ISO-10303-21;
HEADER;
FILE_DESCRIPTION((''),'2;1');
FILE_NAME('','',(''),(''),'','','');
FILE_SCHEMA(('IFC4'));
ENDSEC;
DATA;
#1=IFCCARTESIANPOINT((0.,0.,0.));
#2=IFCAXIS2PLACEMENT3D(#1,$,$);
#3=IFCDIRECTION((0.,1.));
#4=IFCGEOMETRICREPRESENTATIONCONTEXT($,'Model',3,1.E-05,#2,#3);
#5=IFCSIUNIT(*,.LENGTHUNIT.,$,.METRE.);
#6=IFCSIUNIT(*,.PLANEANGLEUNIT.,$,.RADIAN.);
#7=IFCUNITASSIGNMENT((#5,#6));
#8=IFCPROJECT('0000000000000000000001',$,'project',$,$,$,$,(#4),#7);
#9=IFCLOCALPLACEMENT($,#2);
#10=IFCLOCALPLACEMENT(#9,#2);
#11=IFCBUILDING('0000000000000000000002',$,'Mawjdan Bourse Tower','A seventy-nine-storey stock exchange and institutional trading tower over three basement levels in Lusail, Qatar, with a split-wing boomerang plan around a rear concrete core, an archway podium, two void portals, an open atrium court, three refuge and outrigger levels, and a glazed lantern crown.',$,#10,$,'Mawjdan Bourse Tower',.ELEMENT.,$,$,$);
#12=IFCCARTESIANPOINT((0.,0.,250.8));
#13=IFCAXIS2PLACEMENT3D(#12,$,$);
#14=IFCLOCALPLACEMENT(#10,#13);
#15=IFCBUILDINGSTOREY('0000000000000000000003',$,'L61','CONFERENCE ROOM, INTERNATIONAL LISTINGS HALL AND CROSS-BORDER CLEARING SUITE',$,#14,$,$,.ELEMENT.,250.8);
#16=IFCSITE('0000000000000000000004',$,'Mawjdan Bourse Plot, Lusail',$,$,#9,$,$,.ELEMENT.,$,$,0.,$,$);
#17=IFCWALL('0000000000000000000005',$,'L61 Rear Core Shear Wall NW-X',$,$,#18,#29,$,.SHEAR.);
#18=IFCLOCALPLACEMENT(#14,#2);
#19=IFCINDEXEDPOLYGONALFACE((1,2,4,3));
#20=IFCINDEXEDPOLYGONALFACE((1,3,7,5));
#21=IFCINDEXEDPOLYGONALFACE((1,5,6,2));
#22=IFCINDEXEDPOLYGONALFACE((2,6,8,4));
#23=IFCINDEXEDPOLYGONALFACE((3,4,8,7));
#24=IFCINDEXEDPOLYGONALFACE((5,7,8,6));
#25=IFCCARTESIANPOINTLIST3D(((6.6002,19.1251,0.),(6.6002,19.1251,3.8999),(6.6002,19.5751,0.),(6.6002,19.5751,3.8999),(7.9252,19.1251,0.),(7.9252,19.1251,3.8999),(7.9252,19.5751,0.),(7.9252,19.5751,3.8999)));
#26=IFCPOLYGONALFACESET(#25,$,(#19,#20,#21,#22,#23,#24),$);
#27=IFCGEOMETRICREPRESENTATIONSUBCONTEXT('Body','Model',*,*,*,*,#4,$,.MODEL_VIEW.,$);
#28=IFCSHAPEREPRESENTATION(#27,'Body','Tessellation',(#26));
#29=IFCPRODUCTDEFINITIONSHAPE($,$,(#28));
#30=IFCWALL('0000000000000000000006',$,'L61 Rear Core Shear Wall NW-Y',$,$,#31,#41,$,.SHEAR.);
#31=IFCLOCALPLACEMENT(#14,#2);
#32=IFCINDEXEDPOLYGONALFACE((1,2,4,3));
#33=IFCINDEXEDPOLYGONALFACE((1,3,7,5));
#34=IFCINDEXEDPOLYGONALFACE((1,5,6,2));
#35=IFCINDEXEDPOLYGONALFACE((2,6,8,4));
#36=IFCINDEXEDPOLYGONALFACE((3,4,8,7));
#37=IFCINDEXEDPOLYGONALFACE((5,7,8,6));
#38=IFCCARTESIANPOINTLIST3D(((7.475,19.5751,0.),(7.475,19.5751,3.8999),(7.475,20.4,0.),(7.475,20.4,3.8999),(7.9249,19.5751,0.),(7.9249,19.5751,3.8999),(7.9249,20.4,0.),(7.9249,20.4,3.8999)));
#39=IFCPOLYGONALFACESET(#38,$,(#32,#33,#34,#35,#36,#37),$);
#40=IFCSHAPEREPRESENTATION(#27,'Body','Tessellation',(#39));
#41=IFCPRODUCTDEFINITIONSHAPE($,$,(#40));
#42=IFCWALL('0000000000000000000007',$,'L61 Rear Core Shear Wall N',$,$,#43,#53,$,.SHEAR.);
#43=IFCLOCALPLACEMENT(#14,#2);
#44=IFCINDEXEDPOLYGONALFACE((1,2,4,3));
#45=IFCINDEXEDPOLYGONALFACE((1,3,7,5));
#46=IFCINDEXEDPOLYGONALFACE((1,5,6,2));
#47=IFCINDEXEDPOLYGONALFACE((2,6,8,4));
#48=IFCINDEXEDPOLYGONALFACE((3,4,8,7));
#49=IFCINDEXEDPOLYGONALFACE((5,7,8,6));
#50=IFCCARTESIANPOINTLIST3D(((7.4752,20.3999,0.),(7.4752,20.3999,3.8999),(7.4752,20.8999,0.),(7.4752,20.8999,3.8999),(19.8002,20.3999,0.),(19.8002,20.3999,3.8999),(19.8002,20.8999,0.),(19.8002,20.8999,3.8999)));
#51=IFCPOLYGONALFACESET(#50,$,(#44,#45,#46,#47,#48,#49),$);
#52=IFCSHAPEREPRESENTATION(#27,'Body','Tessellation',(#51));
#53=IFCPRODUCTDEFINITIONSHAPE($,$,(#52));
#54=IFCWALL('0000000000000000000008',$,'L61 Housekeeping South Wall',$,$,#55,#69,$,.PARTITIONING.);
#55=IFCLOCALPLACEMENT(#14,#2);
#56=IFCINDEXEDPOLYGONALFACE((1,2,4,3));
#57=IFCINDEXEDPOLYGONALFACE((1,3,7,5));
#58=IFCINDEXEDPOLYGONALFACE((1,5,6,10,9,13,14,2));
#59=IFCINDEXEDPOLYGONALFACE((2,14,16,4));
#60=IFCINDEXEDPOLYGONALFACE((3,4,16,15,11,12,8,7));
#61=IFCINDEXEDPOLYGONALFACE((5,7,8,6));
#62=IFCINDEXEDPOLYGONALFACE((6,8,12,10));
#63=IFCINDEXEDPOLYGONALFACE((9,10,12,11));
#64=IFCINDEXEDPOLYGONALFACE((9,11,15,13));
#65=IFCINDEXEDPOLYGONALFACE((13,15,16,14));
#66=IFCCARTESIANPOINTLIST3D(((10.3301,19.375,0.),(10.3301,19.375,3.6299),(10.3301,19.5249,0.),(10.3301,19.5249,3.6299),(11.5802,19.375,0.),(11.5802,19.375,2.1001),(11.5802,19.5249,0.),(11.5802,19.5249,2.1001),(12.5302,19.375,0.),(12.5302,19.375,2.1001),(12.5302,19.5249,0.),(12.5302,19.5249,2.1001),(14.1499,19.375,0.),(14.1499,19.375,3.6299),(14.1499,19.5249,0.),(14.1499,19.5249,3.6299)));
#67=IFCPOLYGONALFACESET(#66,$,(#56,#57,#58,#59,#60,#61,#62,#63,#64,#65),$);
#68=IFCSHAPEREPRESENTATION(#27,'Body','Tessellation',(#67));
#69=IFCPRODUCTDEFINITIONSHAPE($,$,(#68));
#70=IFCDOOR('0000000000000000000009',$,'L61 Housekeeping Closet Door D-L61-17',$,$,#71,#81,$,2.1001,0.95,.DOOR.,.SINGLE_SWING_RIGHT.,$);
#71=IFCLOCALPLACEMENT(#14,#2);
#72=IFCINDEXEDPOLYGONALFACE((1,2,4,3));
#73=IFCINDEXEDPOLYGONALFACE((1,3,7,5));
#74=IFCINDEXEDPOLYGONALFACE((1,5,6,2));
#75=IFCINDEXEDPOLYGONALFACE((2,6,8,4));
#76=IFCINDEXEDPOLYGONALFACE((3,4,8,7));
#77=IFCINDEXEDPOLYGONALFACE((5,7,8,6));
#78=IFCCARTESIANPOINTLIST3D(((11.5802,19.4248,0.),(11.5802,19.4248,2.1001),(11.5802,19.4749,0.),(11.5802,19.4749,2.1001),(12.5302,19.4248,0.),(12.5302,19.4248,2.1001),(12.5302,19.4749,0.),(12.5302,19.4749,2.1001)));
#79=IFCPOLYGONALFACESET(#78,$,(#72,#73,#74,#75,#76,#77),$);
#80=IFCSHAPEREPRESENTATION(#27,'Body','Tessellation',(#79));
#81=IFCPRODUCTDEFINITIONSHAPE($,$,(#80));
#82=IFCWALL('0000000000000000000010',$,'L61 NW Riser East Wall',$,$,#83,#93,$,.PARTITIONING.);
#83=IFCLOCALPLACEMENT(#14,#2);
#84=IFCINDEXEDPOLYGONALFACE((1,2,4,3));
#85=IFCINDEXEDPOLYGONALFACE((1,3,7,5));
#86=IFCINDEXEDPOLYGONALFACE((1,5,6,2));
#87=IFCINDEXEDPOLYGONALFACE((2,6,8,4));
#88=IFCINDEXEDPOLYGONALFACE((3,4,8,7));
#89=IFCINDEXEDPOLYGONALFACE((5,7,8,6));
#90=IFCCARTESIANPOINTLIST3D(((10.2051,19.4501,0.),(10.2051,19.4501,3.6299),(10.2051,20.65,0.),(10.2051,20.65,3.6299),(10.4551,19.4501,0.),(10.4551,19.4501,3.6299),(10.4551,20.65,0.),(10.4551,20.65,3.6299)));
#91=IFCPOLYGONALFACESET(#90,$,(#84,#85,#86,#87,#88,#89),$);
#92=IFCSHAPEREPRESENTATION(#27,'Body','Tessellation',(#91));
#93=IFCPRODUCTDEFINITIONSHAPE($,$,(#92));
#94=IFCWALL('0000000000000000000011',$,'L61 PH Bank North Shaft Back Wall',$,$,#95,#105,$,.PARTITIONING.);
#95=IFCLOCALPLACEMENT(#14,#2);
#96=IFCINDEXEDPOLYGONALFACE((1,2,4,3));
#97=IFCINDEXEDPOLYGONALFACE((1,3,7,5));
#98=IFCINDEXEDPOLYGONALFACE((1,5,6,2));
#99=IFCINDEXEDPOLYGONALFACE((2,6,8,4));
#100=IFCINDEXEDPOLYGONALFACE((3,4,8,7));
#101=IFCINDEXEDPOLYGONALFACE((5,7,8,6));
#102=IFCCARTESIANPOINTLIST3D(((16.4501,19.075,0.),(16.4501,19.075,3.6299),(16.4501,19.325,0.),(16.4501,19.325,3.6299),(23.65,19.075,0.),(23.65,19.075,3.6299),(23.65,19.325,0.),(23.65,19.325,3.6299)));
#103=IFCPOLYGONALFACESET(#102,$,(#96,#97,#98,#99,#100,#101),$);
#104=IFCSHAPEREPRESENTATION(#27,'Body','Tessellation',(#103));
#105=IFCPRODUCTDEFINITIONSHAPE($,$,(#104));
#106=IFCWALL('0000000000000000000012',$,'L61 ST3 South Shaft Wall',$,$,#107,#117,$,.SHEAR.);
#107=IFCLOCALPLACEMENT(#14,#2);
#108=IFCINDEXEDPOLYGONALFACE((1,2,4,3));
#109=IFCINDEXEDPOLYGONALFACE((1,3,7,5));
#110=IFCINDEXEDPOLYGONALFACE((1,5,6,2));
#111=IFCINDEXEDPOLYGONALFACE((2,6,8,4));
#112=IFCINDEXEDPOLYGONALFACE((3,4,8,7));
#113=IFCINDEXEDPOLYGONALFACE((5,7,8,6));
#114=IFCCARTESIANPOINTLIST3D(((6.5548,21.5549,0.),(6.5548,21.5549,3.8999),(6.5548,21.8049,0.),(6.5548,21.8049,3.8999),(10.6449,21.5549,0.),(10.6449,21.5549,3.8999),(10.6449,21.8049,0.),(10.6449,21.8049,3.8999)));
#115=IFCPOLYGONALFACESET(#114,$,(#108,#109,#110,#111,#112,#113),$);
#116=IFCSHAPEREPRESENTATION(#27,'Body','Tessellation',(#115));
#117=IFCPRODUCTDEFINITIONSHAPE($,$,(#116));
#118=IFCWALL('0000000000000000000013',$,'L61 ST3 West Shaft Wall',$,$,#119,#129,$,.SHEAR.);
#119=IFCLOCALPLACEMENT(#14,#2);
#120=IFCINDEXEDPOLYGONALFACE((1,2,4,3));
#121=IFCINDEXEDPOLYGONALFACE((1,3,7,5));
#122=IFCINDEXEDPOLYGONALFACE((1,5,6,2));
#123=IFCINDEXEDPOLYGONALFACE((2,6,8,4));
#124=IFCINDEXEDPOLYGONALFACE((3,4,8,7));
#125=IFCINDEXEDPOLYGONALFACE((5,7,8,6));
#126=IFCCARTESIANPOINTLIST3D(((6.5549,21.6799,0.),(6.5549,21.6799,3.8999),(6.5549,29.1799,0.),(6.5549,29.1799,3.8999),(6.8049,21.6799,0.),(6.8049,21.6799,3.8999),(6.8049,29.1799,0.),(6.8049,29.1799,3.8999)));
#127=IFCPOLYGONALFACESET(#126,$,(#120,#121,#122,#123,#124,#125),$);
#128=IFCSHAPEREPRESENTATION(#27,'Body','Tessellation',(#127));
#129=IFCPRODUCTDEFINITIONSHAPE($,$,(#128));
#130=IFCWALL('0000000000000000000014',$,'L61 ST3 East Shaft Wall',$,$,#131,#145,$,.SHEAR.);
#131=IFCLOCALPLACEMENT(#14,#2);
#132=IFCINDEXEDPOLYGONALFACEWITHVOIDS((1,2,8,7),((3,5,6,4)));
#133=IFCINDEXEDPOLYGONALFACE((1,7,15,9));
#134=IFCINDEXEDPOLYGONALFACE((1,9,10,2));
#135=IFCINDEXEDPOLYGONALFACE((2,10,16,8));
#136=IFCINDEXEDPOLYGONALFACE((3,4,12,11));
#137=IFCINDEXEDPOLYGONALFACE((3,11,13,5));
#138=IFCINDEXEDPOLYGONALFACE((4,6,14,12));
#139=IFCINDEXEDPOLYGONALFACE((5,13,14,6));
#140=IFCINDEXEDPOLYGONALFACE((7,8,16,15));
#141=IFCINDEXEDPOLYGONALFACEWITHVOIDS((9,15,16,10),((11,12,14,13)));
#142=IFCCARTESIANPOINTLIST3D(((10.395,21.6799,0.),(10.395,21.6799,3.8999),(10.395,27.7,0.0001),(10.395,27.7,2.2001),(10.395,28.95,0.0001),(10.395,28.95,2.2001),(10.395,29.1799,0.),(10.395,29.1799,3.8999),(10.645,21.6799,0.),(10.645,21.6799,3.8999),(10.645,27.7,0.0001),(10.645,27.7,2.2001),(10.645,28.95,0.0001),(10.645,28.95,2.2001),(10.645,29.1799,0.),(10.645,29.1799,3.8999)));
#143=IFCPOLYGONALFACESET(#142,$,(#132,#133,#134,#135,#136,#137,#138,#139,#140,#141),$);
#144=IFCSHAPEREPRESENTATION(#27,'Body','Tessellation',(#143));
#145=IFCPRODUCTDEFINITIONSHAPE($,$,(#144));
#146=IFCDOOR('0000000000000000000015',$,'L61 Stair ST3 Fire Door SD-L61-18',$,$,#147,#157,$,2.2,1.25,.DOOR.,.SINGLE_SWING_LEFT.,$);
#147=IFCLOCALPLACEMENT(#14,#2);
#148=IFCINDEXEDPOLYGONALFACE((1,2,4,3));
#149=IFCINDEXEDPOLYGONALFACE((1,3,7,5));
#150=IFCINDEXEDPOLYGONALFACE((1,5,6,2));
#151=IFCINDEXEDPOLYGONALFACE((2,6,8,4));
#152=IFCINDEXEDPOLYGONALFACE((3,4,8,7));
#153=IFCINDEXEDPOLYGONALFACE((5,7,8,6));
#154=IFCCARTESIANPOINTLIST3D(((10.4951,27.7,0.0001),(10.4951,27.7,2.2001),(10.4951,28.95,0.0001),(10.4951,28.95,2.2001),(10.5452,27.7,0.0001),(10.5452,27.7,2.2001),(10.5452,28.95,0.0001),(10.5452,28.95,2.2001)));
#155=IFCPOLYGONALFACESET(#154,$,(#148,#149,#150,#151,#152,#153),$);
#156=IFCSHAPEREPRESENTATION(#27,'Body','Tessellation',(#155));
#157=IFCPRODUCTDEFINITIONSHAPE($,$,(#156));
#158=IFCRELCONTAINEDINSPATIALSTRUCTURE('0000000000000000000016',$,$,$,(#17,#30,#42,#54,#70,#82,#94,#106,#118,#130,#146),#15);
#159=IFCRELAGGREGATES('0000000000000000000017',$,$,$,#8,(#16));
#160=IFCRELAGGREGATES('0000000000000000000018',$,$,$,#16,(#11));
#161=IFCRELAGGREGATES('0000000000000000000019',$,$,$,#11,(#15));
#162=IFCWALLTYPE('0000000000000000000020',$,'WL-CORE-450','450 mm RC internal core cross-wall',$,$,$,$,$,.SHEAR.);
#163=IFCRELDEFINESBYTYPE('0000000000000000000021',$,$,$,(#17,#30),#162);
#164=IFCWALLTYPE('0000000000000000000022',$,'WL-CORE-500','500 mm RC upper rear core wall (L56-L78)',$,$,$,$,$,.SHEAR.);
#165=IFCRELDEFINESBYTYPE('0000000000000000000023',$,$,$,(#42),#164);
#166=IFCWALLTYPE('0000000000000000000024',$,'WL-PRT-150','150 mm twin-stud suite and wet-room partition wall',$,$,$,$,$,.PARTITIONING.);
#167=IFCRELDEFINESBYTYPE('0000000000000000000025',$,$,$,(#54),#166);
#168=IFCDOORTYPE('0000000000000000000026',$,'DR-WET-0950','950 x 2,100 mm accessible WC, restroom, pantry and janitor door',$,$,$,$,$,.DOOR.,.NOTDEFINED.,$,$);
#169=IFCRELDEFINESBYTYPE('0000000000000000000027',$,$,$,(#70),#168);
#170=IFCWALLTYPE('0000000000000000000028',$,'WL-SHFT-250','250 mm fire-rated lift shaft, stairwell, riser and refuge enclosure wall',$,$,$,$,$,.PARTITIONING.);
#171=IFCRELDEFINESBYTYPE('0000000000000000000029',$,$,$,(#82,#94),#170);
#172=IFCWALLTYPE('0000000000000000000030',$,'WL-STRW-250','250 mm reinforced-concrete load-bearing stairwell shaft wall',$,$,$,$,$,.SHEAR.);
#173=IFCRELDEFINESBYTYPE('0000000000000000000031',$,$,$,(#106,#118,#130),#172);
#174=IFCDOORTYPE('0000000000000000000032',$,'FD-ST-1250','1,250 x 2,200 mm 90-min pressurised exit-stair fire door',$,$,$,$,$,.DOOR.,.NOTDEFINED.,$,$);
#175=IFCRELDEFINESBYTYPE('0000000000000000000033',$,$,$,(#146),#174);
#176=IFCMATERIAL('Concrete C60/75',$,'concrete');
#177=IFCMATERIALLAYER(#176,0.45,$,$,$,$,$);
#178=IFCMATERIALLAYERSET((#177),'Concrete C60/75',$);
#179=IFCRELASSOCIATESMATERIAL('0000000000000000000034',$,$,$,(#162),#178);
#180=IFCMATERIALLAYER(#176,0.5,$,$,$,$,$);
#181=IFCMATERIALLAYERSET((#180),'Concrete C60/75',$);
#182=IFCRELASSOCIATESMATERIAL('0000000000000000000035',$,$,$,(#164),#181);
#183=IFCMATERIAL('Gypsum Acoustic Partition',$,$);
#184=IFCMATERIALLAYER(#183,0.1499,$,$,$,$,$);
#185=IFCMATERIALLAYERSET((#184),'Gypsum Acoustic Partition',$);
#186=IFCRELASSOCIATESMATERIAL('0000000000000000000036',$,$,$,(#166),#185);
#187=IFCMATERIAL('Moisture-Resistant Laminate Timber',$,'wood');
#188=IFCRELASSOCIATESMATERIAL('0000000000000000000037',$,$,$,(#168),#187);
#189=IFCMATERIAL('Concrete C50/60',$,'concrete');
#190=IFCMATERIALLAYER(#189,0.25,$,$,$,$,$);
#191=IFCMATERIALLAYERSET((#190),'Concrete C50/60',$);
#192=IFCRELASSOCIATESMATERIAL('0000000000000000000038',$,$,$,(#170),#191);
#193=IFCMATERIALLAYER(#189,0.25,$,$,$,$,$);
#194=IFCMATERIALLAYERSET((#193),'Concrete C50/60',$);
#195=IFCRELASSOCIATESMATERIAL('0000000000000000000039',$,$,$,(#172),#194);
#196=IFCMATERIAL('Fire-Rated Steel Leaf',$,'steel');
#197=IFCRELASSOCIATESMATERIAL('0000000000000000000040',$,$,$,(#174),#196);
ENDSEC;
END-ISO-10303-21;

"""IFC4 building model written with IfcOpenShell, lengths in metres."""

from ifc_helpers import new_model, si_unit, direction, frame, frame_2d, origin, place, context, subcontext, project, spatial, rectangle, extrude, material, layer, layer_set, type_object, element, fill, save


model = new_model("IFC4")

# Units and contexts
model_context = context("Model", 3, precision=1e-05, world=origin(), true_north=direction((0.0, 1.0)))
body_context = subcontext(model_context, "Body", "Model", "MODEL_VIEW")
ifc_project = project(units=[si_unit("LENGTHUNIT", "METRE"), si_unit("PLANEANGLEUNIT", "RADIAN")], contexts=[model_context])

# Site, building, storey
site_placement = place(None, origin())
site = spatial("IfcSite", under=ifc_project, at=site_placement, Name="Mawjdan Bourse Plot, Lusail", CompositionType="ELEMENT", RefElevation=0.0)
building_placement = place(site_placement, origin())
building = spatial("IfcBuilding", under=site, at=building_placement, Name="Mawjdan Bourse Tower", Description="A seventy-nine-storey stock exchange and institutional trading tower over three basement levels in Lusail, Qatar, with a split-wing boomerang plan around a rear concrete core, an archway podium, two void portals, an open atrium court, three refuge and outrigger levels, and a glazed lantern crown.", LongName="Mawjdan Bourse Tower", CompositionType="ELEMENT")
storey_placement = place(building_placement, frame((0.0, 0.0, 250.8)))
storey = spatial("IfcBuildingStorey", under=building, at=storey_placement, Name="L61", Description="CONFERENCE ROOM, INTERNATIONAL LISTINGS HALL AND CROSS-BORDER CLEARING SUITE", CompositionType="ELEMENT", Elevation=250.8)

# Shared definitions
ifc_material_1 = material(Name="Concrete C60/75", Category="concrete")

# Walls
ifc_layer_1 = layer(ifc_material_1, 0.45)
ifc_layer_set_1 = layer_set([ifc_layer_1], Name="Concrete C60/75")
wall_type_1 = type_object("IfcWallType", Name="WL-CORE-450", Description="450 mm RC internal core cross-wall", PredefinedType="SHEAR", material=ifc_layer_set_1)
wall_1_placement = place(storey_placement, frame((6.6001, 19.3501, 0.0), z_axis=(0.0, 0.0, 1.0), x_axis=(1.0, 0.0, 0.0)))
element("IfcWall", 1, at=wall_1_placement, inside=storey, type_object=wall_type_1, Name="L61 Rear Core Shear Wall NW-X", PredefinedType="SHEAR", context=body_context, shape_type="SweptSolid", body=[
    extrude(rectangle(XDim=1.325, YDim=0.45, at=frame_2d((0.6626, 0.0))), origin(), (0.0, 0.0, 1.0), 3.8999),
])
wall_2_placement = place(storey_placement, frame((7.7, 19.575, 0.0), z_axis=(0.0, 0.0, 1.0), x_axis=(0.0, 1.0, 0.0)))
element("IfcWall", 2, at=wall_2_placement, inside=storey, type_object=wall_type_1, Name="L61 Rear Core Shear Wall NW-Y", PredefinedType="SHEAR", context=body_context, shape_type="SweptSolid", body=[
    extrude(rectangle(XDim=0.825, YDim=0.45, at=frame_2d((0.4126, 0.0))), origin(), (0.0, 0.0, 1.0), 3.8999),
])
ifc_layer_2 = layer(ifc_material_1, 0.5)
ifc_layer_set_2 = layer_set([ifc_layer_2], Name="Concrete C60/75")
wall_type_2 = type_object("IfcWallType", Name="WL-CORE-500", Description="500 mm RC upper rear core wall (L56-L78)", PredefinedType="SHEAR", material=ifc_layer_set_2)
wall_3_placement = place(storey_placement, frame((7.4751, 20.6499, 0.0), z_axis=(0.0, 0.0, 1.0), x_axis=(1.0, 0.0, 0.0)))
element("IfcWall", 3, at=wall_3_placement, inside=storey, type_object=wall_type_2, Name="L61 Rear Core Shear Wall N", PredefinedType="SHEAR", context=body_context, shape_type="SweptSolid", body=[
    extrude(rectangle(XDim=12.325, YDim=0.5, at=frame_2d((6.1626, 0.0))), origin(), (0.0, 0.0, 1.0), 3.8999),
])

# Wall, opening, door
ifc_material_2 = material(Name="Gypsum Acoustic Partition")
ifc_layer_3 = layer(ifc_material_2, 0.1499)
ifc_layer_set_3 = layer_set([ifc_layer_3], Name="Gypsum Acoustic Partition")
wall_type_3 = type_object("IfcWallType", Name="WL-PRT-150", Description="150 mm twin-stud suite and wet-room partition wall", PredefinedType="PARTITIONING", material=ifc_layer_set_3)
wall_4_placement = place(storey_placement, frame((10.3301, 19.45, 0.0), z_axis=(0.0, 0.0, 1.0), x_axis=(1.0, 0.0, 0.0)))
wall_4 = element("IfcWall", 4, at=wall_4_placement, inside=storey, type_object=wall_type_3, Name="L61 Housekeeping South Wall", PredefinedType="PARTITIONING", context=body_context, shape_type="SweptSolid", body=[
    extrude(rectangle(XDim=3.8198, YDim=0.1499, at=frame_2d((1.9099, 0.0))), origin(), (0.0, 0.0, 1.0), 3.6299),
])
opening_1_placement = place(wall_4_placement, frame((1.25, 0.0, 0.0)))
opening_1 = element("IfcOpeningElement", 5, at=opening_1_placement, cuts=wall_4, PredefinedType="OPENING", context=body_context, shape_type="SweptSolid", body=[
    extrude(rectangle(XDim=0.95, YDim=2.1001, at=frame_2d((0.4751, 1.05))), frame((0.0, 0.085, 0.0), z_axis=(0.0, -1.0, 0.0), x_axis=(1.0, 0.0, 0.0)), (0.0, 0.0, 1.0), 0.1699),
])
ifc_material_3 = material(Name="Moisture-Resistant Laminate Timber", Category="wood")
door_type_1 = type_object("IfcDoorType", Name="DR-WET-0950", Description="950 x 2,100 mm accessible WC, restroom, pantry and janitor door", OperationType="NOTDEFINED", PredefinedType="DOOR", material=ifc_material_3)
door_1_placement = place(opening_1_placement, origin())
door_1 = element("IfcDoor", 6, at=door_1_placement, inside=storey, type_object=door_type_1, Name="L61 Housekeeping Closet Door D-L61-17", OperationType="SINGLE_SWING_RIGHT", OverallHeight=2.1001, OverallWidth=0.95, PredefinedType="DOOR", context=body_context, shape_type="SweptSolid", body=[
    extrude(rectangle(XDim=0.95, YDim=2.1001, at=frame_2d((0.4751, 1.05))), frame((0.0, 0.0249, 0.0), z_axis=(0.0, -1.0, 0.0), x_axis=(1.0, 0.0, 0.0)), (0.0, 0.0, 1.0), 0.05),
])
fill(opening_1, door_1)

# Walls
ifc_material_4 = material(Name="Concrete C50/60", Category="concrete")
ifc_layer_4 = layer(ifc_material_4, 0.25)
ifc_layer_set_4 = layer_set([ifc_layer_4], Name="Concrete C50/60")
wall_type_4 = type_object("IfcWallType", Name="WL-SHFT-250", Description="250 mm fire-rated lift shaft, stairwell, riser and refuge enclosure wall", PredefinedType="PARTITIONING", material=ifc_layer_set_4)
wall_5_placement = place(storey_placement, frame((10.3301, 19.45, 0.0), z_axis=(0.0, 0.0, 1.0), x_axis=(0.0, 1.0, 0.0)))
element("IfcWall", 7, at=wall_5_placement, inside=storey, type_object=wall_type_4, Name="L61 NW Riser East Wall", PredefinedType="PARTITIONING", context=body_context, shape_type="SweptSolid", body=[
    extrude(rectangle(XDim=1.2, YDim=0.25, at=frame_2d((0.6001, 0.0))), origin(), (0.0, 0.0, 1.0), 3.6299),
])
wall_6_placement = place(storey_placement, frame((16.45, 19.2, 0.0), z_axis=(0.0, 0.0, 1.0), x_axis=(1.0, 0.0, 0.0)))
element("IfcWall", 8, at=wall_6_placement, inside=storey, type_object=wall_type_4, Name="L61 PH Bank North Shaft Back Wall", PredefinedType="PARTITIONING", context=body_context, shape_type="SweptSolid", body=[
    extrude(rectangle(XDim=7.2, YDim=0.25, at=frame_2d((3.6001, 0.0))), origin(), (0.0, 0.0, 1.0), 3.6299),
])
ifc_layer_5 = layer(ifc_material_4, 0.25)
ifc_layer_set_5 = layer_set([ifc_layer_5], Name="Concrete C50/60")
wall_type_5 = type_object("IfcWallType", Name="WL-STRW-250", Description="250 mm reinforced-concrete load-bearing stairwell shaft wall", PredefinedType="SHEAR", material=ifc_layer_set_5)
wall_7_placement = place(storey_placement, frame((6.5549, 21.6799, 0.0), z_axis=(0.0, 0.0, 1.0), x_axis=(1.0, 0.0, 0.0)))
element("IfcWall", 9, at=wall_7_placement, inside=storey, type_object=wall_type_5, Name="L61 ST3 South Shaft Wall", PredefinedType="SHEAR", context=body_context, shape_type="SweptSolid", body=[
    extrude(rectangle(XDim=4.0901, YDim=0.25, at=frame_2d((2.0449, 0.0))), origin(), (0.0, 0.0, 1.0), 3.8999),
])
wall_8_placement = place(storey_placement, frame((6.6799, 21.6799, 0.0), z_axis=(0.0, 0.0, 1.0), x_axis=(0.0, 1.0, 0.0)))
element("IfcWall", 10, at=wall_8_placement, inside=storey, type_object=wall_type_5, Name="L61 ST3 West Shaft Wall", PredefinedType="SHEAR", context=body_context, shape_type="SweptSolid", body=[
    extrude(rectangle(XDim=7.5, YDim=0.25, at=frame_2d((3.75, 0.0))), origin(), (0.0, 0.0, 1.0), 3.8999),
])

# Wall, opening, door
wall_9_placement = place(storey_placement, frame((10.52, 21.6799, 0.0), z_axis=(0.0, 0.0, 1.0), x_axis=(0.0, 1.0, 0.0)))
wall_9 = element("IfcWall", 11, at=wall_9_placement, inside=storey, type_object=wall_type_5, Name="L61 ST3 East Shaft Wall", PredefinedType="SHEAR", context=body_context, shape_type="SweptSolid", body=[
    extrude(rectangle(XDim=7.5, YDim=0.25, at=frame_2d((3.75, 0.0))), origin(), (0.0, 0.0, 1.0), 3.8999),
])
opening_2_placement = place(wall_9_placement, frame((6.02, 0.0, 0.0)))
opening_2 = element("IfcOpeningElement", 12, at=opening_2_placement, cuts=wall_9, PredefinedType="OPENING", context=body_context, shape_type="SweptSolid", body=[
    extrude(rectangle(XDim=1.25, YDim=2.2, at=frame_2d((0.625, 1.1001))), frame((0.0, 0.135, 0.0), z_axis=(0.0, -1.0, 0.0), x_axis=(1.0, 0.0, 0.0)), (0.0, 0.0, 1.0), 0.27),
])
ifc_material_5 = material(Name="Fire-Rated Steel Leaf", Category="steel")
door_type_2 = type_object("IfcDoorType", Name="FD-ST-1250", Description="1,250 x 2,200 mm 90-min pressurised exit-stair fire door", OperationType="NOTDEFINED", PredefinedType="DOOR", material=ifc_material_5)
door_2_placement = place(opening_2_placement, origin())
door_2 = element("IfcDoor", 13, at=door_2_placement, inside=storey, type_object=door_type_2, Name="L61 Stair ST3 Fire Door SD-L61-18", OperationType="SINGLE_SWING_LEFT", OverallHeight=2.2, OverallWidth=1.25, PredefinedType="DOOR", context=body_context, shape_type="SweptSolid", body=[
    extrude(rectangle(XDim=1.25, YDim=2.2, at=frame_2d((0.625, 1.1001))), frame((0.0, 0.0249, 0.0), z_axis=(0.0, -1.0, 0.0), x_axis=(1.0, 0.0, 0.0)), (0.0, 0.0, 1.0), 0.05),
])
fill(opening_2, door_2)

save(model, "model.ifc")
